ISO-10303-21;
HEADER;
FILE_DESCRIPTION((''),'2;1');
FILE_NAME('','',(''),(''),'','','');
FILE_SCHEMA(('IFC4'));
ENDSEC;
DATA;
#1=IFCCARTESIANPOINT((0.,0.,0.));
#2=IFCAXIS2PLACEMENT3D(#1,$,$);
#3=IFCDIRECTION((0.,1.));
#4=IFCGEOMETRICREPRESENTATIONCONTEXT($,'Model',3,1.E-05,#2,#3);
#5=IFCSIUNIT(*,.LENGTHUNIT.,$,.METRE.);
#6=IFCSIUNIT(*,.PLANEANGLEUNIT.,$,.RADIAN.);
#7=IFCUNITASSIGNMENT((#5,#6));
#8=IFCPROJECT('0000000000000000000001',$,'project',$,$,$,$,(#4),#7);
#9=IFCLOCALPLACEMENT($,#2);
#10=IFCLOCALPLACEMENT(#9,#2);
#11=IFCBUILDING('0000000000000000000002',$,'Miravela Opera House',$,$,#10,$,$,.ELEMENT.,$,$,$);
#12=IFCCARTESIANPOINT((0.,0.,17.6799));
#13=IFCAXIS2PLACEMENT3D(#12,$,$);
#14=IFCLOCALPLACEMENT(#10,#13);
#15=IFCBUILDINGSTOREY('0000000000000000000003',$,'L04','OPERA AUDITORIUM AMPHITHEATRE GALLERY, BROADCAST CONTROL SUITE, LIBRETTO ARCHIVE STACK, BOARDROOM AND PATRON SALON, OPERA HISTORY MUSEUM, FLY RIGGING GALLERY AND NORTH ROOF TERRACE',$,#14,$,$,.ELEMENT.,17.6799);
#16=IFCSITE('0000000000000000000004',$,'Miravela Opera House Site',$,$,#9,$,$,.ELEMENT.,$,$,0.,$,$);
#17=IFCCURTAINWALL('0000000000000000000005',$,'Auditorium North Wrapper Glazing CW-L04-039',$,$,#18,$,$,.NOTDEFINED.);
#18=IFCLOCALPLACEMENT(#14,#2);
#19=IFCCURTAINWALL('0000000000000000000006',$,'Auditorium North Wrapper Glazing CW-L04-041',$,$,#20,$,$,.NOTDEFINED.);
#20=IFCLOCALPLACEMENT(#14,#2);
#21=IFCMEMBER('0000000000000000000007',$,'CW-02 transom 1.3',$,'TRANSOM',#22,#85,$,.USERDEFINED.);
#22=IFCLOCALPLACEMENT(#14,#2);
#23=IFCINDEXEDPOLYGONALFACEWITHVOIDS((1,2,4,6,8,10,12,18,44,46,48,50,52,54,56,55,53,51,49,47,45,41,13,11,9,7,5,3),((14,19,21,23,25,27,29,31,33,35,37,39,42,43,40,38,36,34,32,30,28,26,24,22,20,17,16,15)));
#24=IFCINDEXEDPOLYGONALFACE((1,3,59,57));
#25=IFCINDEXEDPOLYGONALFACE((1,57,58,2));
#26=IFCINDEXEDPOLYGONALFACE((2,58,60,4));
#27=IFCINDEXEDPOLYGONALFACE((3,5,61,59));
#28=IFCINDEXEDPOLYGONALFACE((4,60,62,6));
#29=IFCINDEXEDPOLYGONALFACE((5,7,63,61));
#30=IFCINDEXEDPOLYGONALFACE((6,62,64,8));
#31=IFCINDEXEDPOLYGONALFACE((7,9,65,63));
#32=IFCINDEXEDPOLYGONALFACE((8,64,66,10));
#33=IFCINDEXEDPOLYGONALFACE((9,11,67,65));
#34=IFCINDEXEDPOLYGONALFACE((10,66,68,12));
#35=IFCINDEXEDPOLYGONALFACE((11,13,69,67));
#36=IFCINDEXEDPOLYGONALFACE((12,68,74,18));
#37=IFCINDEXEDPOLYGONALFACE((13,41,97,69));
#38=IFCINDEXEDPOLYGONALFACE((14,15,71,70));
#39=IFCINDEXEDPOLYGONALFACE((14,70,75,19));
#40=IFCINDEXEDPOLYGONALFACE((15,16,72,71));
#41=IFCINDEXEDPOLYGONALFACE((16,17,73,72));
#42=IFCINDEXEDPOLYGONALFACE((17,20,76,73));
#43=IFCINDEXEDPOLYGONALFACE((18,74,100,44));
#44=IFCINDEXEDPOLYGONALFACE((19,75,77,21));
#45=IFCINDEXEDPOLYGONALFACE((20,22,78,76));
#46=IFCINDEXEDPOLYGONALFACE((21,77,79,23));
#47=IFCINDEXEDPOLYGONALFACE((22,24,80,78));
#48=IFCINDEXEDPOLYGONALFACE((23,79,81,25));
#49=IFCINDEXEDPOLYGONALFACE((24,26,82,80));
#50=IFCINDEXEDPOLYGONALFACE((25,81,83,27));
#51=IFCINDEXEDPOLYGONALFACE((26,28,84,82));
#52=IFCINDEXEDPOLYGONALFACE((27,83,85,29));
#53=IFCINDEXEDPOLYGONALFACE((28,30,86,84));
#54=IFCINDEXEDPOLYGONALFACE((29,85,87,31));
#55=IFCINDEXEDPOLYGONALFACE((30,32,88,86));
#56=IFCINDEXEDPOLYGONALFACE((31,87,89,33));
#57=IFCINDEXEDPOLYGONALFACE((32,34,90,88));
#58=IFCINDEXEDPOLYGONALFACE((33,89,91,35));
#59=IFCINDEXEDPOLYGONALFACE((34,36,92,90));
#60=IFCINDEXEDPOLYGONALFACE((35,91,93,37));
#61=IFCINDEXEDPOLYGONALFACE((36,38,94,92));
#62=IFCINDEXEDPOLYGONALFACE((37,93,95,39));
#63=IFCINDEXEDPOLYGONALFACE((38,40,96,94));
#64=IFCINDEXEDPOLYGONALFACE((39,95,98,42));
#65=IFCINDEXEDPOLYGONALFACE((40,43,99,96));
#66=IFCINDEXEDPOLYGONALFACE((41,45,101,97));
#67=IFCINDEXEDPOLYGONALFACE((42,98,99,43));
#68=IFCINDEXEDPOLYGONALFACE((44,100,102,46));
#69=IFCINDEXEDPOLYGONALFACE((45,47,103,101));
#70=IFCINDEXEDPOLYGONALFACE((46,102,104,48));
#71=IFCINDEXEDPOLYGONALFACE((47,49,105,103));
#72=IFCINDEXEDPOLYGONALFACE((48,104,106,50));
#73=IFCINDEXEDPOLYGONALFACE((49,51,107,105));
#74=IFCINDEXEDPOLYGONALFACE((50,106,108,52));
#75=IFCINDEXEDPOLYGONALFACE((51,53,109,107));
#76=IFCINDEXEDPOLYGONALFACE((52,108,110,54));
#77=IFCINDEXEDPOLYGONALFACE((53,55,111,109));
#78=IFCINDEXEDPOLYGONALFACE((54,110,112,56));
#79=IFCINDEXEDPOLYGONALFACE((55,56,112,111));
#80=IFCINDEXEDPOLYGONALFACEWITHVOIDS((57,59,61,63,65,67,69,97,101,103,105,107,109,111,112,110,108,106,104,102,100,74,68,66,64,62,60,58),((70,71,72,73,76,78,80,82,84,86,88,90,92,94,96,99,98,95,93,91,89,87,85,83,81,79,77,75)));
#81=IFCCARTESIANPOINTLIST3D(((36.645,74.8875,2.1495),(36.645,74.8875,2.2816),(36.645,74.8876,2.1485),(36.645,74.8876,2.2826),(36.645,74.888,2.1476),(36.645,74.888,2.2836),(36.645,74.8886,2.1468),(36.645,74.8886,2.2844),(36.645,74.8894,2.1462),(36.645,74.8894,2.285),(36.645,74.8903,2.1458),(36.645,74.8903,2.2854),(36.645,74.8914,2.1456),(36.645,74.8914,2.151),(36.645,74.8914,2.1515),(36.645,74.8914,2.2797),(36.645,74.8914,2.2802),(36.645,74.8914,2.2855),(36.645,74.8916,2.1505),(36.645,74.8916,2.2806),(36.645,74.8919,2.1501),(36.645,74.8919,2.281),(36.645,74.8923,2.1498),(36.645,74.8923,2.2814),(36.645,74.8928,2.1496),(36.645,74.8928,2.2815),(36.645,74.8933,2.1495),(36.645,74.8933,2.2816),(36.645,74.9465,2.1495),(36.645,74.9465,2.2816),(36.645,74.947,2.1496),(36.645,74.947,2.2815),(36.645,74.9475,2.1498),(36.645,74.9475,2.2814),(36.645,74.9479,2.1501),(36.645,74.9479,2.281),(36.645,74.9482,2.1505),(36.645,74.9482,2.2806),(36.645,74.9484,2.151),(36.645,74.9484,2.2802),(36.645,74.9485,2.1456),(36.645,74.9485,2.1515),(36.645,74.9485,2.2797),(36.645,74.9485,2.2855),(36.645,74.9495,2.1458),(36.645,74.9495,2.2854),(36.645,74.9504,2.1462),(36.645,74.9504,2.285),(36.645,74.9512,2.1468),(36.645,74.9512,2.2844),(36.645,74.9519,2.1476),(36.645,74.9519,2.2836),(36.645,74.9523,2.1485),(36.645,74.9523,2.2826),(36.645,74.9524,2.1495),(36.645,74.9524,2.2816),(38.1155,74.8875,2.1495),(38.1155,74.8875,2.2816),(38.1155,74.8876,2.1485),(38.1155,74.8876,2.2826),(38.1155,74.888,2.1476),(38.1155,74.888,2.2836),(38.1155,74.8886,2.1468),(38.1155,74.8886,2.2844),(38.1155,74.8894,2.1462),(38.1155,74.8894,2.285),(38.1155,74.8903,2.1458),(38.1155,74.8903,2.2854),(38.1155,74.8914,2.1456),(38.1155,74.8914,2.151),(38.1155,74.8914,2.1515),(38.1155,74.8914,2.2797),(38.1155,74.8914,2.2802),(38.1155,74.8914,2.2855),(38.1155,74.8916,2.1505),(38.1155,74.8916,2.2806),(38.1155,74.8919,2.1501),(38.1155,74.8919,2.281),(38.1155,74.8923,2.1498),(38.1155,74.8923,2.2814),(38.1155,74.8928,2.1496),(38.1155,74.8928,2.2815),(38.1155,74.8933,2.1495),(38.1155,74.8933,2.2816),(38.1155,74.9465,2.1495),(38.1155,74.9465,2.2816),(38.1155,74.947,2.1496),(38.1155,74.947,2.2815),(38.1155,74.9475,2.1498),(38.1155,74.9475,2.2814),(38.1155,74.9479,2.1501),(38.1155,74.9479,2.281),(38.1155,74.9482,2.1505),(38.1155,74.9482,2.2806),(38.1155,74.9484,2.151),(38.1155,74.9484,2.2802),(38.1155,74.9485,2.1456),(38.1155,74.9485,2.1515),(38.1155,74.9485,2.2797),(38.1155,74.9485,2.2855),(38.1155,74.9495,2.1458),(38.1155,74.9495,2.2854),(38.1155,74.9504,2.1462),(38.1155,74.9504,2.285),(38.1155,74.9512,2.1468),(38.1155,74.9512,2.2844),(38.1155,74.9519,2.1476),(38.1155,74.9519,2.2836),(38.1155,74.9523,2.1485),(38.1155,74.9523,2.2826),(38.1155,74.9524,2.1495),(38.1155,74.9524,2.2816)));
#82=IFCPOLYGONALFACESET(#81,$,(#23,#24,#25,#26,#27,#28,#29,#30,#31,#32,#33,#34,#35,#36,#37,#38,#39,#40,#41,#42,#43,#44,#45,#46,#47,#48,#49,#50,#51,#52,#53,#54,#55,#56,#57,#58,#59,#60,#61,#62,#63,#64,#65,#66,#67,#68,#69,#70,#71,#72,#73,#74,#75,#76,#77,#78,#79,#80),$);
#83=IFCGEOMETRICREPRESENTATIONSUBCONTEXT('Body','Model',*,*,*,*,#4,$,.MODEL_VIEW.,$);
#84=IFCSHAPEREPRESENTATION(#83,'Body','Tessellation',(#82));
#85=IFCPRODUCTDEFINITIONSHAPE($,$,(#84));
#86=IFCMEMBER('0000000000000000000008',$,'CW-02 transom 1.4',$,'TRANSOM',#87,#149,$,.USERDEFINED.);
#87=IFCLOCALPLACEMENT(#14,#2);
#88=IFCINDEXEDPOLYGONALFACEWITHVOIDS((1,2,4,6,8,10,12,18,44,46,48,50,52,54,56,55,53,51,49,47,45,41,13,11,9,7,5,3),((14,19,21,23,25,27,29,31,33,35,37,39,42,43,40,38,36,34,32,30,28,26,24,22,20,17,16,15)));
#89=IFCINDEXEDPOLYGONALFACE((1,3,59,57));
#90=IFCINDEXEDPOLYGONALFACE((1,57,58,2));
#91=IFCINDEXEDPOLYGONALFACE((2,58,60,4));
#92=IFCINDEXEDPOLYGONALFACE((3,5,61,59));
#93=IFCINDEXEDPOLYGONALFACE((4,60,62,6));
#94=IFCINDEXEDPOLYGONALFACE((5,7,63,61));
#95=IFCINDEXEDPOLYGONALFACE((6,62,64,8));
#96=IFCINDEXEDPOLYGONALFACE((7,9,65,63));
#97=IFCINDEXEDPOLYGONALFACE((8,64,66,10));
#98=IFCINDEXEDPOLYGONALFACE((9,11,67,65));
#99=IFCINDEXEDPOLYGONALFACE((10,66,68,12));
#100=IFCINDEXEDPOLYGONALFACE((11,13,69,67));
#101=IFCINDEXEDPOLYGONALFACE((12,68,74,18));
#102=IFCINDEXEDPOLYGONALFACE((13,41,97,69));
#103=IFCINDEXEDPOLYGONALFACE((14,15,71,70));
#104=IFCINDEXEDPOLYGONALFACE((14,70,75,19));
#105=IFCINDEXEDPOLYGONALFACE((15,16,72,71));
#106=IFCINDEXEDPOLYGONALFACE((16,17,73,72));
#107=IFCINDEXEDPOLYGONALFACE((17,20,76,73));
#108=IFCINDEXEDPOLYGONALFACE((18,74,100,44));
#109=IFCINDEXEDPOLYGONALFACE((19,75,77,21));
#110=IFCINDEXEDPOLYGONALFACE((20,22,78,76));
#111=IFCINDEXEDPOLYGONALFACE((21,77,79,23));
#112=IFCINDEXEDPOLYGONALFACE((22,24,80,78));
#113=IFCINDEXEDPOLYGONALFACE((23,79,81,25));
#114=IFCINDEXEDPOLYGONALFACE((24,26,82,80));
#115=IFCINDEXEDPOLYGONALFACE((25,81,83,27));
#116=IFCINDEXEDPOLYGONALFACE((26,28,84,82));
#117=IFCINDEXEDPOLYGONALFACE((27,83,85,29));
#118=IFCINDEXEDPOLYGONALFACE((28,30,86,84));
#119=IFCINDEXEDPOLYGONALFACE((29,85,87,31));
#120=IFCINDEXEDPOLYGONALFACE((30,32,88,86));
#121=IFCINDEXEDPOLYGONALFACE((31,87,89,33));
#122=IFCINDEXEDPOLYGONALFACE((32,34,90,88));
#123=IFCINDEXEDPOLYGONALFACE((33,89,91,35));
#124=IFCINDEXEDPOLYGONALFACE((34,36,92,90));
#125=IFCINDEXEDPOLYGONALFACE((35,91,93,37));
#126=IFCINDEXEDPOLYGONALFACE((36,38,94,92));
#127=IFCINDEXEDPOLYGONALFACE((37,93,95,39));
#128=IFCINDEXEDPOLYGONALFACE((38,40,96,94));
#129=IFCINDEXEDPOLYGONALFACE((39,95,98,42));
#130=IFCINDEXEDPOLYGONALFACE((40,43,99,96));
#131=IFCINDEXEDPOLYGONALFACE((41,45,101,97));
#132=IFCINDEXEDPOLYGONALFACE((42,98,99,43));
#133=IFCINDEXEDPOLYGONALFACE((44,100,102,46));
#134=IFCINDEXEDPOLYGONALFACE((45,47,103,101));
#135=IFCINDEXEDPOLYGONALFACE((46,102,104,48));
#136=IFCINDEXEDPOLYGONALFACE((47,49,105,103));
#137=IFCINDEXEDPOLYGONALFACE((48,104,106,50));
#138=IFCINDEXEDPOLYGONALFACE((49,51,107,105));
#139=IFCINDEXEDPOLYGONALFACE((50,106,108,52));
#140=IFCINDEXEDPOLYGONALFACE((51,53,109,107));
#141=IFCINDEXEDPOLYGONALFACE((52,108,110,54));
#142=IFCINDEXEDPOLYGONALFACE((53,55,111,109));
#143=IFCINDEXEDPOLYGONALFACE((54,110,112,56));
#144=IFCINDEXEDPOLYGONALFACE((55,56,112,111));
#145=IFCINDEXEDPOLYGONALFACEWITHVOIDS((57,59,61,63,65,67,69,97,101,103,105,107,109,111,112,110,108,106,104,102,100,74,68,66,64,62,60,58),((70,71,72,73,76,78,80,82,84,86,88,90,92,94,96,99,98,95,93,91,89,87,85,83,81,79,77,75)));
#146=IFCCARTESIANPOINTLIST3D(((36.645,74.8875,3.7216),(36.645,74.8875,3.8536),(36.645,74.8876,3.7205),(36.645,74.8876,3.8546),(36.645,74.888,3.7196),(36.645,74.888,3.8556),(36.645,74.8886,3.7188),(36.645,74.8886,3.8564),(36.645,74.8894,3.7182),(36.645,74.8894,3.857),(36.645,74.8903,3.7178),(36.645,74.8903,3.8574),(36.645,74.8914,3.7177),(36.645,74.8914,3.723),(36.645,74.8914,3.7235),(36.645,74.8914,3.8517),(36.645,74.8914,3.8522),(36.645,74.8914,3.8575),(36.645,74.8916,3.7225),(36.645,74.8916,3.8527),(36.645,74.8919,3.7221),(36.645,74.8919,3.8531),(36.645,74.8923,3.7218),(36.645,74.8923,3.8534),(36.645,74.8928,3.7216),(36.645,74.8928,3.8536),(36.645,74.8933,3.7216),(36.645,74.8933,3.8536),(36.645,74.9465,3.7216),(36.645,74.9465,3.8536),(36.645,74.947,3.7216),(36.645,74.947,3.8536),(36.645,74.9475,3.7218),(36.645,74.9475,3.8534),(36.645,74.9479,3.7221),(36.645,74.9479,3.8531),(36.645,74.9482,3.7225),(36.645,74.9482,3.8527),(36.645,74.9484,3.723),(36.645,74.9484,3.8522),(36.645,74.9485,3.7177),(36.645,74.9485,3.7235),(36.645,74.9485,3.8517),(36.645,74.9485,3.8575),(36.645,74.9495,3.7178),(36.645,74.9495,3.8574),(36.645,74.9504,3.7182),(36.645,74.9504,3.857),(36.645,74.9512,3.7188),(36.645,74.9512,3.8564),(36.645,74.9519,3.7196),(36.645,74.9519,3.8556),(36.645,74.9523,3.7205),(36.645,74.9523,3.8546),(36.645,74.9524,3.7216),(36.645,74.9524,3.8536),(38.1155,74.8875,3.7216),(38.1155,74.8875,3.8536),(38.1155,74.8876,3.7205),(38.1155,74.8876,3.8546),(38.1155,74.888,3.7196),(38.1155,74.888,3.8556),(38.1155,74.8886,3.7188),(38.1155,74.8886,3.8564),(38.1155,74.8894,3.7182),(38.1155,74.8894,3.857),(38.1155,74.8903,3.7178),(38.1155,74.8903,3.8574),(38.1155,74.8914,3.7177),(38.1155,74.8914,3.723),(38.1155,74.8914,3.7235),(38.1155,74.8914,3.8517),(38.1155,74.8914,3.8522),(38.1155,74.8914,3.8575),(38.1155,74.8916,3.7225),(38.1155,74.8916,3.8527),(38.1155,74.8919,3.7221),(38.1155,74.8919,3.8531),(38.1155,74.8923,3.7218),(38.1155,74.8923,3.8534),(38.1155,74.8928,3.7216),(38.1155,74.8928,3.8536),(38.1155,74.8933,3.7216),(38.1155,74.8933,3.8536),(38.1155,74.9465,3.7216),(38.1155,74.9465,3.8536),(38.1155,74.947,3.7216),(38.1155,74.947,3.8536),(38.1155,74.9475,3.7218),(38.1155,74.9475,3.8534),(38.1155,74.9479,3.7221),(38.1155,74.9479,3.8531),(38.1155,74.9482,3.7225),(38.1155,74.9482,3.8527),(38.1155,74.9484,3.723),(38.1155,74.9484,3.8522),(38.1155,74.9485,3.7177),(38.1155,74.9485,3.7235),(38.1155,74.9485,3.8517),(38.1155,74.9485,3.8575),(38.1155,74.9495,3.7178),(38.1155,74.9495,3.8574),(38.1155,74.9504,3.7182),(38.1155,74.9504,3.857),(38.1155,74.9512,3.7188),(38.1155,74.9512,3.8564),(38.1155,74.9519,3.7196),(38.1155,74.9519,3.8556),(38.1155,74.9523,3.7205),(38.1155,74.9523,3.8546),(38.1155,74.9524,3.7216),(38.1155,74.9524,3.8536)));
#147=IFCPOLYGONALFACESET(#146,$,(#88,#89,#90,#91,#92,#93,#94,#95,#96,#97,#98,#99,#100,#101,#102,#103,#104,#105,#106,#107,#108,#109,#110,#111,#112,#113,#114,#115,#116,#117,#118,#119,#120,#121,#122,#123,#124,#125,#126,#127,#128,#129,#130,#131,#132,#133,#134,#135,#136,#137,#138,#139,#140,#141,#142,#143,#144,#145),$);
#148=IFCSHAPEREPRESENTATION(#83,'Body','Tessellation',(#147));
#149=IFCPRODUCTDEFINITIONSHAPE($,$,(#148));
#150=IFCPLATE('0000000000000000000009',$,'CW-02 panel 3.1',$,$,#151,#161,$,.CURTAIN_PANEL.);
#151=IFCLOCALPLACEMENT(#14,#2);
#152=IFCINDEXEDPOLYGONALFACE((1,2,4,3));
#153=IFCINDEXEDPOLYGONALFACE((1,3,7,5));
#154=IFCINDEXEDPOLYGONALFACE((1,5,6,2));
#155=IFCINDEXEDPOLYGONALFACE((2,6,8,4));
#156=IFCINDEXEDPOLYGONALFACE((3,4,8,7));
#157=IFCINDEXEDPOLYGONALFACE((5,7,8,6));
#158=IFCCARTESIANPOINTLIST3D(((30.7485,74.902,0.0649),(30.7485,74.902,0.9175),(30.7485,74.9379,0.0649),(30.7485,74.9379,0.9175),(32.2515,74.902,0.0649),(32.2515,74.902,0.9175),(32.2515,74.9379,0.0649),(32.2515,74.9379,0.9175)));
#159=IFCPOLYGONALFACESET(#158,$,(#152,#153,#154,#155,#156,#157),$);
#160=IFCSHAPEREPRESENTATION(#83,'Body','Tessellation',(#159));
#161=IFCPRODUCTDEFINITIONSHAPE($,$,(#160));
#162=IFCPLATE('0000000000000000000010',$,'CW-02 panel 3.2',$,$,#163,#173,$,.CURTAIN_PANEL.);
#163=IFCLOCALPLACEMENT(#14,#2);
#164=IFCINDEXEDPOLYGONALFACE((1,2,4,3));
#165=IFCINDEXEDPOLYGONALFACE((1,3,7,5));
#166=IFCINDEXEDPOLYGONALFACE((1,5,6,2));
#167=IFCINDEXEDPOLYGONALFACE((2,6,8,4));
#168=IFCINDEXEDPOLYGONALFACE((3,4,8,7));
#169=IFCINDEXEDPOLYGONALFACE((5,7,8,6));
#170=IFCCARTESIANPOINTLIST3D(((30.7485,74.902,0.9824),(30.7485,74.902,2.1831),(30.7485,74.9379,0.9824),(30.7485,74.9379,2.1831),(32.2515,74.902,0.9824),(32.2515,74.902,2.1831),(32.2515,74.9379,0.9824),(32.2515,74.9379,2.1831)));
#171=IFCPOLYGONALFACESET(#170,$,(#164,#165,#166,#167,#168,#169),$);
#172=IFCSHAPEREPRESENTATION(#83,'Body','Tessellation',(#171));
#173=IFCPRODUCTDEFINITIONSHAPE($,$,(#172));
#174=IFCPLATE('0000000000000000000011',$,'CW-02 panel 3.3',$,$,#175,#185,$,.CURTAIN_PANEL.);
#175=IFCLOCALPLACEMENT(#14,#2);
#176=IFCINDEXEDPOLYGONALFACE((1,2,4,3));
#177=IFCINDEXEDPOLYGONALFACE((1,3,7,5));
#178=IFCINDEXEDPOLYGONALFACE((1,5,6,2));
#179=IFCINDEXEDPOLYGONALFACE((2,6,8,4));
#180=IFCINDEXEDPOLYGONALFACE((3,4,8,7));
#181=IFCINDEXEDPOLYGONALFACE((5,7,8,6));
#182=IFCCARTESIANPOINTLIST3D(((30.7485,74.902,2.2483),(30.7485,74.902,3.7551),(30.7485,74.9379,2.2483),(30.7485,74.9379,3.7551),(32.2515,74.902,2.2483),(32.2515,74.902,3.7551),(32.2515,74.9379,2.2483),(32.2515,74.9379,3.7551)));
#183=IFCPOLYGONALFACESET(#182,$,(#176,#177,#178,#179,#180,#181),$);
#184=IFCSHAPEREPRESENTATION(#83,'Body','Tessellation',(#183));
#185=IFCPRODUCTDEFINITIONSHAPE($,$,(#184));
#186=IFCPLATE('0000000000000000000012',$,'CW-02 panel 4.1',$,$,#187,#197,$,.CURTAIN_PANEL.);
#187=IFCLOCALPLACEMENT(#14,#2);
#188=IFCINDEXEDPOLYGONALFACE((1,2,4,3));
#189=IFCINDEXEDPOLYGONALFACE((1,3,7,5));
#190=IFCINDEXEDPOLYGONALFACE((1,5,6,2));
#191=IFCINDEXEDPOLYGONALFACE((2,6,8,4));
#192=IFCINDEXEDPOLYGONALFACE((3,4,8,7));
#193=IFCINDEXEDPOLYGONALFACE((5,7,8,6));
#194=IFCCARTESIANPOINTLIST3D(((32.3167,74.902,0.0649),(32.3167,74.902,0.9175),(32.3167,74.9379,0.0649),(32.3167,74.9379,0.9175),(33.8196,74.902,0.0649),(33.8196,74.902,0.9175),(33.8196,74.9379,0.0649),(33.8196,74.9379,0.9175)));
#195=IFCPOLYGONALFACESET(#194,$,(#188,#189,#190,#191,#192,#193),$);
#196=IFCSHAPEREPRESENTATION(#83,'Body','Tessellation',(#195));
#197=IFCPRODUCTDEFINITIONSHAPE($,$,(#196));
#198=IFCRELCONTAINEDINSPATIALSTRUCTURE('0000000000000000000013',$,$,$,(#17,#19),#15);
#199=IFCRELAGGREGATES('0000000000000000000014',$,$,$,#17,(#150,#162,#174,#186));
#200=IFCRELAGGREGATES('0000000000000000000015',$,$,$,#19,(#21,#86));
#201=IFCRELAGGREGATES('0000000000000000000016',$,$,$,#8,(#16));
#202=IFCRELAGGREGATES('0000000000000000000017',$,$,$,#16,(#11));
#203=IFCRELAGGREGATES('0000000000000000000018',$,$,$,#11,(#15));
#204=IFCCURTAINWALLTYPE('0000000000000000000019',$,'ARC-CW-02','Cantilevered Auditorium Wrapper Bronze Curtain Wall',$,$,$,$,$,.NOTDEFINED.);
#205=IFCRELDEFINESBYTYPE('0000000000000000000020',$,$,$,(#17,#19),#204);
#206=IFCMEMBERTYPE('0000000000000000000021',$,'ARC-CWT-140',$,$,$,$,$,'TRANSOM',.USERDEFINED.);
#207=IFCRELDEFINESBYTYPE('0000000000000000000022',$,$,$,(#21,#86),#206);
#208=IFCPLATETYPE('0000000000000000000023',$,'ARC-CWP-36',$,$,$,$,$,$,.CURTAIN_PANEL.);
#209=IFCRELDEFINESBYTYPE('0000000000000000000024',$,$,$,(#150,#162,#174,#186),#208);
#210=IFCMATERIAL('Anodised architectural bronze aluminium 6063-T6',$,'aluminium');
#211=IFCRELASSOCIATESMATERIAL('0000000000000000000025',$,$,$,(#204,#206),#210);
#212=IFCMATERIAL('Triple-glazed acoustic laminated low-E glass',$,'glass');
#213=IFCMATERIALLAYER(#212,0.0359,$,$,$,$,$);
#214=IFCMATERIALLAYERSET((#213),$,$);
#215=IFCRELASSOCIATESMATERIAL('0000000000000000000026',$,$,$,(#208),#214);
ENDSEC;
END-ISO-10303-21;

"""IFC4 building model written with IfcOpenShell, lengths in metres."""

from ifc_helpers import new_model, si_unit, direction, frame, origin, origin_2d, place, context, subcontext, project, spatial, rectangle, hollow_rectangle, extrude, material, layer, layer_set, material_profile, profile_set, type_object, element, aggregate, save


model = new_model("IFC4")

# Units and contexts
model_context = context("Model", 3, precision=1e-05, world=origin(), true_north=direction((0.0, 1.0)))
body_context = subcontext(model_context, "Body", "Model", "MODEL_VIEW")
ifc_project = project(units=[si_unit("LENGTHUNIT", "METRE"), si_unit("PLANEANGLEUNIT", "RADIAN")], contexts=[model_context])

# Site, building, storey
site_placement = place(None, origin())
site = spatial("IfcSite", under=ifc_project, at=site_placement, Name="Miravela Opera House Site", CompositionType="ELEMENT", RefElevation=0.0)
building_placement = place(site_placement, origin())
building = spatial("IfcBuilding", under=site, at=building_placement, Name="Miravela Opera House", CompositionType="ELEMENT")
storey_placement = place(building_placement, frame((0.0, 0.0, 17.6799)))
storey = spatial("IfcBuildingStorey", under=building, at=storey_placement, Name="L04", Description="OPERA AUDITORIUM AMPHITHEATRE GALLERY, BROADCAST CONTROL SUITE, LIBRETTO ARCHIVE STACK, BOARDROOM AND PATRON SALON, OPERA HISTORY MUSEUM, FLY RIGGING GALLERY AND NORTH ROOF TERRACE", CompositionType="ELEMENT", Elevation=17.6799)

# Curtain wall
ifc_material_1 = material(Name="Anodised architectural bronze aluminium 6063-T6", Category="aluminium")
curtain_wall_type = type_object("IfcCurtainWallType", Name="ARC-CW-02", Description="Cantilevered Auditorium Wrapper Bronze Curtain Wall", PredefinedType="NOTDEFINED", material=ifc_material_1)
curtain_wall_1_placement = place(storey_placement, origin())
curtain_wall_1 = element("IfcCurtainWall", 1, at=curtain_wall_1_placement, inside=storey, type_object=curtain_wall_type, Name="Auditorium North Wrapper Glazing CW-L04-039", PredefinedType="NOTDEFINED")

# Curtain wall
curtain_wall_2_placement = place(storey_placement, origin())
curtain_wall_2 = element("IfcCurtainWall", 2, at=curtain_wall_2_placement, inside=storey, type_object=curtain_wall_type, Name="Auditorium North Wrapper Glazing CW-L04-041", PredefinedType="NOTDEFINED")

# Members
ifc_material_profile_1 = material_profile(ifc_material_1, hollow_rectangle(XDim=0.0649, YDim=0.1399, WallThickness=0.0039, InnerFilletRadius=0.002, OuterFilletRadius=0.0039, at=origin_2d()), Name="CWT-65X140")
ifc_profile_set_1 = profile_set([ifc_material_profile_1])
member_type_1 = type_object("IfcMemberType", Name="ARC-CWT-140", ElementType="TRANSOM", PredefinedType="USERDEFINED", material=ifc_profile_set_1)
member_1_placement = place(storey_placement, frame((36.645, 74.9199, 2.2156), z_axis=(1.0, 0.0, 0.0), x_axis=(0.0, 1.0, 0.0)))
member_1 = element("IfcMember", 3, at=member_1_placement, type_object=member_type_1, Name="CW-02 transom 1.3", ObjectType="TRANSOM", PredefinedType="USERDEFINED", context=body_context, shape_type="SweptSolid", body=[
    extrude(hollow_rectangle(XDim=0.0649, YDim=0.1399, WallThickness=0.0039, InnerFilletRadius=0.002, OuterFilletRadius=0.0039, at=origin_2d()), origin(), (0.0, 0.0, 1.0), 1.4705),
])
member_2_placement = place(storey_placement, frame((36.645, 74.9199, 3.7876), z_axis=(1.0, 0.0, 0.0), x_axis=(0.0, 1.0, 0.0)))
member_2 = element("IfcMember", 4, at=member_2_placement, type_object=member_type_1, Name="CW-02 transom 1.4", ObjectType="TRANSOM", PredefinedType="USERDEFINED", context=body_context, shape_type="SweptSolid", body=[
    extrude(hollow_rectangle(XDim=0.0649, YDim=0.1399, WallThickness=0.0039, InnerFilletRadius=0.002, OuterFilletRadius=0.0039, at=origin_2d()), origin(), (0.0, 0.0, 1.0), 1.4705),
])

# Plates
ifc_material_2 = material(Name="Triple-glazed acoustic laminated low-E glass", Category="glass")
ifc_layer = layer(ifc_material_2, 0.0359)
ifc_layer_set = layer_set([ifc_layer])
plate_type = type_object("IfcPlateType", Name="ARC-CWP-36", PredefinedType="CURTAIN_PANEL", material=ifc_layer_set)
plate_1_placement = place(storey_placement, frame((31.5, 74.9199, 0.0649), z_axis=(0.0, 0.0, 1.0), x_axis=(1.0, 0.0, 0.0)))
plate_1 = element("IfcPlate", 5, at=plate_1_placement, type_object=plate_type, Name="CW-02 panel 3.1", PredefinedType="CURTAIN_PANEL", context=body_context, shape_type="SweptSolid", body=[
    extrude(rectangle(XDim=1.5029, YDim=0.0359, at=origin_2d()), origin(), (0.0, 0.0, 1.0), 0.8525),
])
plate_2_placement = place(storey_placement, frame((31.5, 74.9199, 0.9824), z_axis=(0.0, 0.0, 1.0), x_axis=(1.0, 0.0, 0.0)))
plate_2 = element("IfcPlate", 6, at=plate_2_placement, type_object=plate_type, Name="CW-02 panel 3.2", PredefinedType="CURTAIN_PANEL", context=body_context, shape_type="SweptSolid", body=[
    extrude(rectangle(XDim=1.5029, YDim=0.0359, at=origin_2d()), origin(), (0.0, 0.0, 1.0), 1.2007),
])
plate_3_placement = place(storey_placement, frame((31.5, 74.9199, 2.2483), z_axis=(0.0, 0.0, 1.0), x_axis=(1.0, 0.0, 0.0)))
plate_3 = element("IfcPlate", 7, at=plate_3_placement, type_object=plate_type, Name="CW-02 panel 3.3", PredefinedType="CURTAIN_PANEL", context=body_context, shape_type="SweptSolid", body=[
    extrude(rectangle(XDim=1.5029, YDim=0.0359, at=origin_2d()), origin(), (0.0, 0.0, 1.0), 1.5068),
])
plate_4_placement = place(storey_placement, frame((33.0681, 74.9199, 0.0649), z_axis=(0.0, 0.0, 1.0), x_axis=(1.0, 0.0, 0.0)))
plate_4 = element("IfcPlate", 8, at=plate_4_placement, type_object=plate_type, Name="CW-02 panel 4.1", PredefinedType="CURTAIN_PANEL", context=body_context, shape_type="SweptSolid", body=[
    extrude(rectangle(XDim=1.5029, YDim=0.0359, at=origin_2d()), origin(), (0.0, 0.0, 1.0), 0.8525),
])
aggregate(curtain_wall_1, [plate_1, plate_2, plate_3, plate_4])
aggregate(curtain_wall_2, [member_1, member_2])

save(model, "model.ifc")
